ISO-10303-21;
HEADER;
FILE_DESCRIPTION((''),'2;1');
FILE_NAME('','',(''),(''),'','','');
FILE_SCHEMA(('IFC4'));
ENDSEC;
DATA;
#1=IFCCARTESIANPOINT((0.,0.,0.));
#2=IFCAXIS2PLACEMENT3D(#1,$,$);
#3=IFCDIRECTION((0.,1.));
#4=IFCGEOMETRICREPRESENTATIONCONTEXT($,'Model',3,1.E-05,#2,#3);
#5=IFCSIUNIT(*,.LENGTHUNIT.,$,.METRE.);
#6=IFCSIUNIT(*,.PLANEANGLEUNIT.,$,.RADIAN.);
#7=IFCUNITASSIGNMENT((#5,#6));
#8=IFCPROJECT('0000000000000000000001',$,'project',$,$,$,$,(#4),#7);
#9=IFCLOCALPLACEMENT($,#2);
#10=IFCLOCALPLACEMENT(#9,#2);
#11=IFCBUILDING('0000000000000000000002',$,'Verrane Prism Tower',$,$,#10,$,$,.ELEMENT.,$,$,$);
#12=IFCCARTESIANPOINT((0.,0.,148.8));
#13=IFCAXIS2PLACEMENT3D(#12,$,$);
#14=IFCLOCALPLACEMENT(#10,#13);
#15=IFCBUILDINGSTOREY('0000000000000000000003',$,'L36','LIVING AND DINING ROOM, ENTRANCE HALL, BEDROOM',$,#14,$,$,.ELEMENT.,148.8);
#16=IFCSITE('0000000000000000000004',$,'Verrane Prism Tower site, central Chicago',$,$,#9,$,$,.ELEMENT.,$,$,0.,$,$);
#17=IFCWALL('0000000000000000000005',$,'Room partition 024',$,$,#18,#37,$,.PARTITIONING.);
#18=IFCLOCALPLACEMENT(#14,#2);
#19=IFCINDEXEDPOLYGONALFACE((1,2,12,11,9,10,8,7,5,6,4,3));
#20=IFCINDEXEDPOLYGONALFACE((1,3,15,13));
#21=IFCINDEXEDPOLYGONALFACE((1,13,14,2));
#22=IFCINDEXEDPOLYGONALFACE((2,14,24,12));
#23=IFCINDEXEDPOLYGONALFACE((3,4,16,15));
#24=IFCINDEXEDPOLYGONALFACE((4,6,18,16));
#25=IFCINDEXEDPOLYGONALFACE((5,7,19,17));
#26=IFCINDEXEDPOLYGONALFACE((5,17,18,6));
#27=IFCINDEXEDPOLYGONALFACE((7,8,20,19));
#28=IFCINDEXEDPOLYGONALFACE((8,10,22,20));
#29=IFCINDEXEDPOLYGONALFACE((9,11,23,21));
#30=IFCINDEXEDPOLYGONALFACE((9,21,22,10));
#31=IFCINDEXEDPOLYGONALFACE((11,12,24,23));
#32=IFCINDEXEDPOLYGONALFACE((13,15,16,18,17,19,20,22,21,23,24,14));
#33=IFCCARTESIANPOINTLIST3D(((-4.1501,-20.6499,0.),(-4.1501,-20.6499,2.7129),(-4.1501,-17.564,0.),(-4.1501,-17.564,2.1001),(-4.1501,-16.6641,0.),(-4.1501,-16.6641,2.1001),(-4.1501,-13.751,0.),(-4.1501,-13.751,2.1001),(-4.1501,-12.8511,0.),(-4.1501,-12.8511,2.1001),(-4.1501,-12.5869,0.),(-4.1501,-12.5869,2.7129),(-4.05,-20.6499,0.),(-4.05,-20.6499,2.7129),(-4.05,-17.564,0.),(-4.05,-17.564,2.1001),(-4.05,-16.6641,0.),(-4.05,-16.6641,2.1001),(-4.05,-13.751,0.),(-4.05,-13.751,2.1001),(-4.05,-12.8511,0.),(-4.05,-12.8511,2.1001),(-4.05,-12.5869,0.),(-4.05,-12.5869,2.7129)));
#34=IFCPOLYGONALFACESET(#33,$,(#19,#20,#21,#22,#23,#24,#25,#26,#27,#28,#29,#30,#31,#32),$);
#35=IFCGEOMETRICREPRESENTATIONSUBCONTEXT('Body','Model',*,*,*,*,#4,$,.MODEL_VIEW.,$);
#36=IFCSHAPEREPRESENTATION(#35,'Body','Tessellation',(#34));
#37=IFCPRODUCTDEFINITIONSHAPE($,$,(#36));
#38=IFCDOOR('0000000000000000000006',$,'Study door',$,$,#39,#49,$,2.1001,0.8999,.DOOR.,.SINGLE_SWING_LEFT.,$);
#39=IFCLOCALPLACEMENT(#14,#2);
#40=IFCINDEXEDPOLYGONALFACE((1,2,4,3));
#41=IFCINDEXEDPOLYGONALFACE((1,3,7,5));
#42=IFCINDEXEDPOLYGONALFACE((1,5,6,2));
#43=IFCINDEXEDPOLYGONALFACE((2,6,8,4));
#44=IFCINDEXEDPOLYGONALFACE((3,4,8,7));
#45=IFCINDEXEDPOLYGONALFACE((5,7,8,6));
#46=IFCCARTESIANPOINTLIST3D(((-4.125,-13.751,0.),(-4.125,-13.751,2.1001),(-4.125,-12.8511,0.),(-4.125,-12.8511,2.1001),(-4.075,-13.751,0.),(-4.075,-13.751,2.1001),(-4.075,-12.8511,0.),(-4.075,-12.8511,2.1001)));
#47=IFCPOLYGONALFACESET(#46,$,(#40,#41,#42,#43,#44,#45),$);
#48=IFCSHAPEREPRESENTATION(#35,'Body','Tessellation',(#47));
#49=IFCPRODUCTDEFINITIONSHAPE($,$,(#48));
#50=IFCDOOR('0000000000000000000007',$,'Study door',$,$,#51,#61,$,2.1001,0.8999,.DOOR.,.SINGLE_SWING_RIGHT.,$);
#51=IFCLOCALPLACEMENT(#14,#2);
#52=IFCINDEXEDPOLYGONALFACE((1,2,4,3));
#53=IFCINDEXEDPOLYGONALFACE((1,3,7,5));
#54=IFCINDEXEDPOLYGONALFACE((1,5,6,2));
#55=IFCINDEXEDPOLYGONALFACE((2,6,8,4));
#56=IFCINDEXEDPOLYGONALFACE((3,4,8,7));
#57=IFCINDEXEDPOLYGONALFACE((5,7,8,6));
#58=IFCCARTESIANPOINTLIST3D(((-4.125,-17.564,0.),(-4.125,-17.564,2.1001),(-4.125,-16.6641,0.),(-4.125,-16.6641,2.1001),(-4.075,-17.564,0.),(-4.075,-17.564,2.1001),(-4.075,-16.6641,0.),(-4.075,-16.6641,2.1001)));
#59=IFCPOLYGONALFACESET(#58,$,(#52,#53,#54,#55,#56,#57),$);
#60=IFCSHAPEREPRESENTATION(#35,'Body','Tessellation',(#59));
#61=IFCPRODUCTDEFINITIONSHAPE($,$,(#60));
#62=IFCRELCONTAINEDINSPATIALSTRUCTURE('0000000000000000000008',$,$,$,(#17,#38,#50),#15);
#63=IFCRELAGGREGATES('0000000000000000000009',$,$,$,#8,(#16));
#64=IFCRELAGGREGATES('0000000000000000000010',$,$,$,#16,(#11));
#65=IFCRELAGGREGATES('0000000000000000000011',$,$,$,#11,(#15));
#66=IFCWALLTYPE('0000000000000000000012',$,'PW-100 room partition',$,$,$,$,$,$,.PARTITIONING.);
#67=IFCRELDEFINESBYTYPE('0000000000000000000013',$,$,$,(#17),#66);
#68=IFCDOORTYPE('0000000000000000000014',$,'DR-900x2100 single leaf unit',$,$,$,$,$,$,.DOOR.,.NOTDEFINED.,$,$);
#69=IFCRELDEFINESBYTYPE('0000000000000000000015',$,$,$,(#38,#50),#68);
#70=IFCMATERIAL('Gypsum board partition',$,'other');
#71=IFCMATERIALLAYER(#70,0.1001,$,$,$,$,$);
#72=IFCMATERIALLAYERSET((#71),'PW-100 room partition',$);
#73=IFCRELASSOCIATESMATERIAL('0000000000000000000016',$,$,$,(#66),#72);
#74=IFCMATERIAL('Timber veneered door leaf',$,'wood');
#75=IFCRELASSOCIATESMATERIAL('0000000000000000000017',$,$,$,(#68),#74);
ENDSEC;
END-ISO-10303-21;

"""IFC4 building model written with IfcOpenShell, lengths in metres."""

from ifc_helpers import new_model, si_unit, direction, frame, frame_2d, origin, place, context, subcontext, project, spatial, rectangle, extrude, material, layer, layer_set, type_object, element, fill, save


model = new_model("IFC4")

# Units and contexts
model_context = context("Model", 3, precision=1e-05, world=origin(), true_north=direction((0.0, 1.0)))
body_context = subcontext(model_context, "Body", "Model", "MODEL_VIEW")
ifc_project = project(units=[si_unit("LENGTHUNIT", "METRE"), si_unit("PLANEANGLEUNIT", "RADIAN")], contexts=[model_context])

# Site, building, storey
site_placement = place(None, origin())
site = spatial("IfcSite", under=ifc_project, at=site_placement, Name="Verrane Prism Tower site, central Chicago", CompositionType="ELEMENT", RefElevation=0.0)
building_placement = place(site_placement, origin())
building = spatial("IfcBuilding", under=site, at=building_placement, Name="Verrane Prism Tower", CompositionType="ELEMENT")
storey_placement = place(building_placement, frame((0.0, 0.0, 148.8)))
storey = spatial("IfcBuildingStorey", under=building, at=storey_placement, Name="L36", Description="LIVING AND DINING ROOM, ENTRANCE HALL, BEDROOM", CompositionType="ELEMENT", Elevation=148.8)

# Shared definitions
ifc_material_1 = material(Name="Gypsum board partition", Category="other")
ifc_layer_1 = layer(ifc_material_1, 0.1001)
ifc_layer_set_1 = layer_set([ifc_layer_1], Name="PW-100 room partition")
wall_type_1 = type_object("IfcWallType", Name="PW-100 room partition", PredefinedType="PARTITIONING", material=ifc_layer_set_1)

# Wall, openings, doors
wall_1_placement = place(storey_placement, frame((-4.1001, -20.6499, 0.0), z_axis=(0.0, 0.0, 1.0), x_axis=(0.0, 1.0, 0.0)))
wall_1 = element("IfcWall", 1, at=wall_1_placement, inside=storey, type_object=wall_type_1, Name="Room partition 024", PredefinedType="PARTITIONING", context=body_context, shape_type="SweptSolid", body=[
    extrude(rectangle(XDim=8.063, YDim=0.1001, at=frame_2d((4.0315, 0.0))), origin(), (0.0, 0.0, 1.0), 2.7129),
])
opening_1_placement = place(wall_1_placement, frame((6.8989, 0.0, 0.0)))
opening_1 = element("IfcOpeningElement", 2, at=opening_1_placement, cuts=wall_1, PredefinedType="OPENING", context=body_context, shape_type="SweptSolid", body=[
    extrude(rectangle(XDim=0.8999, YDim=2.1001, at=frame_2d((0.45, 1.05))), frame((0.0, 0.0601, 0.0), z_axis=(0.0, -1.0, 0.0), x_axis=(1.0, 0.0, 0.0)), (0.0, 0.0, 1.0), 0.1201),
])
opening_2_placement = place(wall_1_placement, frame((3.0859, 0.0, 0.0)))
opening_2 = element("IfcOpeningElement", 3, at=opening_2_placement, cuts=wall_1, PredefinedType="OPENING", context=body_context, shape_type="SweptSolid", body=[
    extrude(rectangle(XDim=0.8999, YDim=2.1001, at=frame_2d((0.45, 1.05))), frame((0.0, 0.0601, 0.0), z_axis=(0.0, -1.0, 0.0), x_axis=(1.0, 0.0, 0.0)), (0.0, 0.0, 1.0), 0.1201),
])
ifc_material_2 = material(Name="Timber veneered door leaf", Category="wood")
door_type_1 = type_object("IfcDoorType", Name="DR-900x2100 single leaf unit", OperationType="NOTDEFINED", PredefinedType="DOOR", material=ifc_material_2)
door_1_placement = place(opening_1_placement, origin())
door_1 = element("IfcDoor", 4, at=door_1_placement, inside=storey, type_object=door_type_1, Name="Study door", OperationType="SINGLE_SWING_LEFT", OverallHeight=2.1001, OverallWidth=0.8999, PredefinedType="DOOR", context=body_context, shape_type="SweptSolid", body=[
    extrude(rectangle(XDim=0.8999, YDim=2.1001, at=frame_2d((0.45, 1.05))), frame((0.0, 0.0249, 0.0), z_axis=(0.0, -1.0, 0.0), x_axis=(1.0, 0.0, 0.0)), (0.0, 0.0, 1.0), 0.05),
])
fill(opening_1, door_1)
door_2_placement = place(opening_2_placement, origin())
door_2 = element("IfcDoor", 5, at=door_2_placement, inside=storey, type_object=door_type_1, Name="Study door", OperationType="SINGLE_SWING_RIGHT", OverallHeight=2.1001, OverallWidth=0.8999, PredefinedType="DOOR", context=body_context, shape_type="SweptSolid", body=[
    extrude(rectangle(XDim=0.8999, YDim=2.1001, at=frame_2d((0.45, 1.05))), frame((0.0, 0.0249, 0.0), z_axis=(0.0, -1.0, 0.0), x_axis=(1.0, 0.0, 0.0)), (0.0, 0.0, 1.0), 0.05),
])
fill(opening_2, door_2)

save(model, "model.ifc")
